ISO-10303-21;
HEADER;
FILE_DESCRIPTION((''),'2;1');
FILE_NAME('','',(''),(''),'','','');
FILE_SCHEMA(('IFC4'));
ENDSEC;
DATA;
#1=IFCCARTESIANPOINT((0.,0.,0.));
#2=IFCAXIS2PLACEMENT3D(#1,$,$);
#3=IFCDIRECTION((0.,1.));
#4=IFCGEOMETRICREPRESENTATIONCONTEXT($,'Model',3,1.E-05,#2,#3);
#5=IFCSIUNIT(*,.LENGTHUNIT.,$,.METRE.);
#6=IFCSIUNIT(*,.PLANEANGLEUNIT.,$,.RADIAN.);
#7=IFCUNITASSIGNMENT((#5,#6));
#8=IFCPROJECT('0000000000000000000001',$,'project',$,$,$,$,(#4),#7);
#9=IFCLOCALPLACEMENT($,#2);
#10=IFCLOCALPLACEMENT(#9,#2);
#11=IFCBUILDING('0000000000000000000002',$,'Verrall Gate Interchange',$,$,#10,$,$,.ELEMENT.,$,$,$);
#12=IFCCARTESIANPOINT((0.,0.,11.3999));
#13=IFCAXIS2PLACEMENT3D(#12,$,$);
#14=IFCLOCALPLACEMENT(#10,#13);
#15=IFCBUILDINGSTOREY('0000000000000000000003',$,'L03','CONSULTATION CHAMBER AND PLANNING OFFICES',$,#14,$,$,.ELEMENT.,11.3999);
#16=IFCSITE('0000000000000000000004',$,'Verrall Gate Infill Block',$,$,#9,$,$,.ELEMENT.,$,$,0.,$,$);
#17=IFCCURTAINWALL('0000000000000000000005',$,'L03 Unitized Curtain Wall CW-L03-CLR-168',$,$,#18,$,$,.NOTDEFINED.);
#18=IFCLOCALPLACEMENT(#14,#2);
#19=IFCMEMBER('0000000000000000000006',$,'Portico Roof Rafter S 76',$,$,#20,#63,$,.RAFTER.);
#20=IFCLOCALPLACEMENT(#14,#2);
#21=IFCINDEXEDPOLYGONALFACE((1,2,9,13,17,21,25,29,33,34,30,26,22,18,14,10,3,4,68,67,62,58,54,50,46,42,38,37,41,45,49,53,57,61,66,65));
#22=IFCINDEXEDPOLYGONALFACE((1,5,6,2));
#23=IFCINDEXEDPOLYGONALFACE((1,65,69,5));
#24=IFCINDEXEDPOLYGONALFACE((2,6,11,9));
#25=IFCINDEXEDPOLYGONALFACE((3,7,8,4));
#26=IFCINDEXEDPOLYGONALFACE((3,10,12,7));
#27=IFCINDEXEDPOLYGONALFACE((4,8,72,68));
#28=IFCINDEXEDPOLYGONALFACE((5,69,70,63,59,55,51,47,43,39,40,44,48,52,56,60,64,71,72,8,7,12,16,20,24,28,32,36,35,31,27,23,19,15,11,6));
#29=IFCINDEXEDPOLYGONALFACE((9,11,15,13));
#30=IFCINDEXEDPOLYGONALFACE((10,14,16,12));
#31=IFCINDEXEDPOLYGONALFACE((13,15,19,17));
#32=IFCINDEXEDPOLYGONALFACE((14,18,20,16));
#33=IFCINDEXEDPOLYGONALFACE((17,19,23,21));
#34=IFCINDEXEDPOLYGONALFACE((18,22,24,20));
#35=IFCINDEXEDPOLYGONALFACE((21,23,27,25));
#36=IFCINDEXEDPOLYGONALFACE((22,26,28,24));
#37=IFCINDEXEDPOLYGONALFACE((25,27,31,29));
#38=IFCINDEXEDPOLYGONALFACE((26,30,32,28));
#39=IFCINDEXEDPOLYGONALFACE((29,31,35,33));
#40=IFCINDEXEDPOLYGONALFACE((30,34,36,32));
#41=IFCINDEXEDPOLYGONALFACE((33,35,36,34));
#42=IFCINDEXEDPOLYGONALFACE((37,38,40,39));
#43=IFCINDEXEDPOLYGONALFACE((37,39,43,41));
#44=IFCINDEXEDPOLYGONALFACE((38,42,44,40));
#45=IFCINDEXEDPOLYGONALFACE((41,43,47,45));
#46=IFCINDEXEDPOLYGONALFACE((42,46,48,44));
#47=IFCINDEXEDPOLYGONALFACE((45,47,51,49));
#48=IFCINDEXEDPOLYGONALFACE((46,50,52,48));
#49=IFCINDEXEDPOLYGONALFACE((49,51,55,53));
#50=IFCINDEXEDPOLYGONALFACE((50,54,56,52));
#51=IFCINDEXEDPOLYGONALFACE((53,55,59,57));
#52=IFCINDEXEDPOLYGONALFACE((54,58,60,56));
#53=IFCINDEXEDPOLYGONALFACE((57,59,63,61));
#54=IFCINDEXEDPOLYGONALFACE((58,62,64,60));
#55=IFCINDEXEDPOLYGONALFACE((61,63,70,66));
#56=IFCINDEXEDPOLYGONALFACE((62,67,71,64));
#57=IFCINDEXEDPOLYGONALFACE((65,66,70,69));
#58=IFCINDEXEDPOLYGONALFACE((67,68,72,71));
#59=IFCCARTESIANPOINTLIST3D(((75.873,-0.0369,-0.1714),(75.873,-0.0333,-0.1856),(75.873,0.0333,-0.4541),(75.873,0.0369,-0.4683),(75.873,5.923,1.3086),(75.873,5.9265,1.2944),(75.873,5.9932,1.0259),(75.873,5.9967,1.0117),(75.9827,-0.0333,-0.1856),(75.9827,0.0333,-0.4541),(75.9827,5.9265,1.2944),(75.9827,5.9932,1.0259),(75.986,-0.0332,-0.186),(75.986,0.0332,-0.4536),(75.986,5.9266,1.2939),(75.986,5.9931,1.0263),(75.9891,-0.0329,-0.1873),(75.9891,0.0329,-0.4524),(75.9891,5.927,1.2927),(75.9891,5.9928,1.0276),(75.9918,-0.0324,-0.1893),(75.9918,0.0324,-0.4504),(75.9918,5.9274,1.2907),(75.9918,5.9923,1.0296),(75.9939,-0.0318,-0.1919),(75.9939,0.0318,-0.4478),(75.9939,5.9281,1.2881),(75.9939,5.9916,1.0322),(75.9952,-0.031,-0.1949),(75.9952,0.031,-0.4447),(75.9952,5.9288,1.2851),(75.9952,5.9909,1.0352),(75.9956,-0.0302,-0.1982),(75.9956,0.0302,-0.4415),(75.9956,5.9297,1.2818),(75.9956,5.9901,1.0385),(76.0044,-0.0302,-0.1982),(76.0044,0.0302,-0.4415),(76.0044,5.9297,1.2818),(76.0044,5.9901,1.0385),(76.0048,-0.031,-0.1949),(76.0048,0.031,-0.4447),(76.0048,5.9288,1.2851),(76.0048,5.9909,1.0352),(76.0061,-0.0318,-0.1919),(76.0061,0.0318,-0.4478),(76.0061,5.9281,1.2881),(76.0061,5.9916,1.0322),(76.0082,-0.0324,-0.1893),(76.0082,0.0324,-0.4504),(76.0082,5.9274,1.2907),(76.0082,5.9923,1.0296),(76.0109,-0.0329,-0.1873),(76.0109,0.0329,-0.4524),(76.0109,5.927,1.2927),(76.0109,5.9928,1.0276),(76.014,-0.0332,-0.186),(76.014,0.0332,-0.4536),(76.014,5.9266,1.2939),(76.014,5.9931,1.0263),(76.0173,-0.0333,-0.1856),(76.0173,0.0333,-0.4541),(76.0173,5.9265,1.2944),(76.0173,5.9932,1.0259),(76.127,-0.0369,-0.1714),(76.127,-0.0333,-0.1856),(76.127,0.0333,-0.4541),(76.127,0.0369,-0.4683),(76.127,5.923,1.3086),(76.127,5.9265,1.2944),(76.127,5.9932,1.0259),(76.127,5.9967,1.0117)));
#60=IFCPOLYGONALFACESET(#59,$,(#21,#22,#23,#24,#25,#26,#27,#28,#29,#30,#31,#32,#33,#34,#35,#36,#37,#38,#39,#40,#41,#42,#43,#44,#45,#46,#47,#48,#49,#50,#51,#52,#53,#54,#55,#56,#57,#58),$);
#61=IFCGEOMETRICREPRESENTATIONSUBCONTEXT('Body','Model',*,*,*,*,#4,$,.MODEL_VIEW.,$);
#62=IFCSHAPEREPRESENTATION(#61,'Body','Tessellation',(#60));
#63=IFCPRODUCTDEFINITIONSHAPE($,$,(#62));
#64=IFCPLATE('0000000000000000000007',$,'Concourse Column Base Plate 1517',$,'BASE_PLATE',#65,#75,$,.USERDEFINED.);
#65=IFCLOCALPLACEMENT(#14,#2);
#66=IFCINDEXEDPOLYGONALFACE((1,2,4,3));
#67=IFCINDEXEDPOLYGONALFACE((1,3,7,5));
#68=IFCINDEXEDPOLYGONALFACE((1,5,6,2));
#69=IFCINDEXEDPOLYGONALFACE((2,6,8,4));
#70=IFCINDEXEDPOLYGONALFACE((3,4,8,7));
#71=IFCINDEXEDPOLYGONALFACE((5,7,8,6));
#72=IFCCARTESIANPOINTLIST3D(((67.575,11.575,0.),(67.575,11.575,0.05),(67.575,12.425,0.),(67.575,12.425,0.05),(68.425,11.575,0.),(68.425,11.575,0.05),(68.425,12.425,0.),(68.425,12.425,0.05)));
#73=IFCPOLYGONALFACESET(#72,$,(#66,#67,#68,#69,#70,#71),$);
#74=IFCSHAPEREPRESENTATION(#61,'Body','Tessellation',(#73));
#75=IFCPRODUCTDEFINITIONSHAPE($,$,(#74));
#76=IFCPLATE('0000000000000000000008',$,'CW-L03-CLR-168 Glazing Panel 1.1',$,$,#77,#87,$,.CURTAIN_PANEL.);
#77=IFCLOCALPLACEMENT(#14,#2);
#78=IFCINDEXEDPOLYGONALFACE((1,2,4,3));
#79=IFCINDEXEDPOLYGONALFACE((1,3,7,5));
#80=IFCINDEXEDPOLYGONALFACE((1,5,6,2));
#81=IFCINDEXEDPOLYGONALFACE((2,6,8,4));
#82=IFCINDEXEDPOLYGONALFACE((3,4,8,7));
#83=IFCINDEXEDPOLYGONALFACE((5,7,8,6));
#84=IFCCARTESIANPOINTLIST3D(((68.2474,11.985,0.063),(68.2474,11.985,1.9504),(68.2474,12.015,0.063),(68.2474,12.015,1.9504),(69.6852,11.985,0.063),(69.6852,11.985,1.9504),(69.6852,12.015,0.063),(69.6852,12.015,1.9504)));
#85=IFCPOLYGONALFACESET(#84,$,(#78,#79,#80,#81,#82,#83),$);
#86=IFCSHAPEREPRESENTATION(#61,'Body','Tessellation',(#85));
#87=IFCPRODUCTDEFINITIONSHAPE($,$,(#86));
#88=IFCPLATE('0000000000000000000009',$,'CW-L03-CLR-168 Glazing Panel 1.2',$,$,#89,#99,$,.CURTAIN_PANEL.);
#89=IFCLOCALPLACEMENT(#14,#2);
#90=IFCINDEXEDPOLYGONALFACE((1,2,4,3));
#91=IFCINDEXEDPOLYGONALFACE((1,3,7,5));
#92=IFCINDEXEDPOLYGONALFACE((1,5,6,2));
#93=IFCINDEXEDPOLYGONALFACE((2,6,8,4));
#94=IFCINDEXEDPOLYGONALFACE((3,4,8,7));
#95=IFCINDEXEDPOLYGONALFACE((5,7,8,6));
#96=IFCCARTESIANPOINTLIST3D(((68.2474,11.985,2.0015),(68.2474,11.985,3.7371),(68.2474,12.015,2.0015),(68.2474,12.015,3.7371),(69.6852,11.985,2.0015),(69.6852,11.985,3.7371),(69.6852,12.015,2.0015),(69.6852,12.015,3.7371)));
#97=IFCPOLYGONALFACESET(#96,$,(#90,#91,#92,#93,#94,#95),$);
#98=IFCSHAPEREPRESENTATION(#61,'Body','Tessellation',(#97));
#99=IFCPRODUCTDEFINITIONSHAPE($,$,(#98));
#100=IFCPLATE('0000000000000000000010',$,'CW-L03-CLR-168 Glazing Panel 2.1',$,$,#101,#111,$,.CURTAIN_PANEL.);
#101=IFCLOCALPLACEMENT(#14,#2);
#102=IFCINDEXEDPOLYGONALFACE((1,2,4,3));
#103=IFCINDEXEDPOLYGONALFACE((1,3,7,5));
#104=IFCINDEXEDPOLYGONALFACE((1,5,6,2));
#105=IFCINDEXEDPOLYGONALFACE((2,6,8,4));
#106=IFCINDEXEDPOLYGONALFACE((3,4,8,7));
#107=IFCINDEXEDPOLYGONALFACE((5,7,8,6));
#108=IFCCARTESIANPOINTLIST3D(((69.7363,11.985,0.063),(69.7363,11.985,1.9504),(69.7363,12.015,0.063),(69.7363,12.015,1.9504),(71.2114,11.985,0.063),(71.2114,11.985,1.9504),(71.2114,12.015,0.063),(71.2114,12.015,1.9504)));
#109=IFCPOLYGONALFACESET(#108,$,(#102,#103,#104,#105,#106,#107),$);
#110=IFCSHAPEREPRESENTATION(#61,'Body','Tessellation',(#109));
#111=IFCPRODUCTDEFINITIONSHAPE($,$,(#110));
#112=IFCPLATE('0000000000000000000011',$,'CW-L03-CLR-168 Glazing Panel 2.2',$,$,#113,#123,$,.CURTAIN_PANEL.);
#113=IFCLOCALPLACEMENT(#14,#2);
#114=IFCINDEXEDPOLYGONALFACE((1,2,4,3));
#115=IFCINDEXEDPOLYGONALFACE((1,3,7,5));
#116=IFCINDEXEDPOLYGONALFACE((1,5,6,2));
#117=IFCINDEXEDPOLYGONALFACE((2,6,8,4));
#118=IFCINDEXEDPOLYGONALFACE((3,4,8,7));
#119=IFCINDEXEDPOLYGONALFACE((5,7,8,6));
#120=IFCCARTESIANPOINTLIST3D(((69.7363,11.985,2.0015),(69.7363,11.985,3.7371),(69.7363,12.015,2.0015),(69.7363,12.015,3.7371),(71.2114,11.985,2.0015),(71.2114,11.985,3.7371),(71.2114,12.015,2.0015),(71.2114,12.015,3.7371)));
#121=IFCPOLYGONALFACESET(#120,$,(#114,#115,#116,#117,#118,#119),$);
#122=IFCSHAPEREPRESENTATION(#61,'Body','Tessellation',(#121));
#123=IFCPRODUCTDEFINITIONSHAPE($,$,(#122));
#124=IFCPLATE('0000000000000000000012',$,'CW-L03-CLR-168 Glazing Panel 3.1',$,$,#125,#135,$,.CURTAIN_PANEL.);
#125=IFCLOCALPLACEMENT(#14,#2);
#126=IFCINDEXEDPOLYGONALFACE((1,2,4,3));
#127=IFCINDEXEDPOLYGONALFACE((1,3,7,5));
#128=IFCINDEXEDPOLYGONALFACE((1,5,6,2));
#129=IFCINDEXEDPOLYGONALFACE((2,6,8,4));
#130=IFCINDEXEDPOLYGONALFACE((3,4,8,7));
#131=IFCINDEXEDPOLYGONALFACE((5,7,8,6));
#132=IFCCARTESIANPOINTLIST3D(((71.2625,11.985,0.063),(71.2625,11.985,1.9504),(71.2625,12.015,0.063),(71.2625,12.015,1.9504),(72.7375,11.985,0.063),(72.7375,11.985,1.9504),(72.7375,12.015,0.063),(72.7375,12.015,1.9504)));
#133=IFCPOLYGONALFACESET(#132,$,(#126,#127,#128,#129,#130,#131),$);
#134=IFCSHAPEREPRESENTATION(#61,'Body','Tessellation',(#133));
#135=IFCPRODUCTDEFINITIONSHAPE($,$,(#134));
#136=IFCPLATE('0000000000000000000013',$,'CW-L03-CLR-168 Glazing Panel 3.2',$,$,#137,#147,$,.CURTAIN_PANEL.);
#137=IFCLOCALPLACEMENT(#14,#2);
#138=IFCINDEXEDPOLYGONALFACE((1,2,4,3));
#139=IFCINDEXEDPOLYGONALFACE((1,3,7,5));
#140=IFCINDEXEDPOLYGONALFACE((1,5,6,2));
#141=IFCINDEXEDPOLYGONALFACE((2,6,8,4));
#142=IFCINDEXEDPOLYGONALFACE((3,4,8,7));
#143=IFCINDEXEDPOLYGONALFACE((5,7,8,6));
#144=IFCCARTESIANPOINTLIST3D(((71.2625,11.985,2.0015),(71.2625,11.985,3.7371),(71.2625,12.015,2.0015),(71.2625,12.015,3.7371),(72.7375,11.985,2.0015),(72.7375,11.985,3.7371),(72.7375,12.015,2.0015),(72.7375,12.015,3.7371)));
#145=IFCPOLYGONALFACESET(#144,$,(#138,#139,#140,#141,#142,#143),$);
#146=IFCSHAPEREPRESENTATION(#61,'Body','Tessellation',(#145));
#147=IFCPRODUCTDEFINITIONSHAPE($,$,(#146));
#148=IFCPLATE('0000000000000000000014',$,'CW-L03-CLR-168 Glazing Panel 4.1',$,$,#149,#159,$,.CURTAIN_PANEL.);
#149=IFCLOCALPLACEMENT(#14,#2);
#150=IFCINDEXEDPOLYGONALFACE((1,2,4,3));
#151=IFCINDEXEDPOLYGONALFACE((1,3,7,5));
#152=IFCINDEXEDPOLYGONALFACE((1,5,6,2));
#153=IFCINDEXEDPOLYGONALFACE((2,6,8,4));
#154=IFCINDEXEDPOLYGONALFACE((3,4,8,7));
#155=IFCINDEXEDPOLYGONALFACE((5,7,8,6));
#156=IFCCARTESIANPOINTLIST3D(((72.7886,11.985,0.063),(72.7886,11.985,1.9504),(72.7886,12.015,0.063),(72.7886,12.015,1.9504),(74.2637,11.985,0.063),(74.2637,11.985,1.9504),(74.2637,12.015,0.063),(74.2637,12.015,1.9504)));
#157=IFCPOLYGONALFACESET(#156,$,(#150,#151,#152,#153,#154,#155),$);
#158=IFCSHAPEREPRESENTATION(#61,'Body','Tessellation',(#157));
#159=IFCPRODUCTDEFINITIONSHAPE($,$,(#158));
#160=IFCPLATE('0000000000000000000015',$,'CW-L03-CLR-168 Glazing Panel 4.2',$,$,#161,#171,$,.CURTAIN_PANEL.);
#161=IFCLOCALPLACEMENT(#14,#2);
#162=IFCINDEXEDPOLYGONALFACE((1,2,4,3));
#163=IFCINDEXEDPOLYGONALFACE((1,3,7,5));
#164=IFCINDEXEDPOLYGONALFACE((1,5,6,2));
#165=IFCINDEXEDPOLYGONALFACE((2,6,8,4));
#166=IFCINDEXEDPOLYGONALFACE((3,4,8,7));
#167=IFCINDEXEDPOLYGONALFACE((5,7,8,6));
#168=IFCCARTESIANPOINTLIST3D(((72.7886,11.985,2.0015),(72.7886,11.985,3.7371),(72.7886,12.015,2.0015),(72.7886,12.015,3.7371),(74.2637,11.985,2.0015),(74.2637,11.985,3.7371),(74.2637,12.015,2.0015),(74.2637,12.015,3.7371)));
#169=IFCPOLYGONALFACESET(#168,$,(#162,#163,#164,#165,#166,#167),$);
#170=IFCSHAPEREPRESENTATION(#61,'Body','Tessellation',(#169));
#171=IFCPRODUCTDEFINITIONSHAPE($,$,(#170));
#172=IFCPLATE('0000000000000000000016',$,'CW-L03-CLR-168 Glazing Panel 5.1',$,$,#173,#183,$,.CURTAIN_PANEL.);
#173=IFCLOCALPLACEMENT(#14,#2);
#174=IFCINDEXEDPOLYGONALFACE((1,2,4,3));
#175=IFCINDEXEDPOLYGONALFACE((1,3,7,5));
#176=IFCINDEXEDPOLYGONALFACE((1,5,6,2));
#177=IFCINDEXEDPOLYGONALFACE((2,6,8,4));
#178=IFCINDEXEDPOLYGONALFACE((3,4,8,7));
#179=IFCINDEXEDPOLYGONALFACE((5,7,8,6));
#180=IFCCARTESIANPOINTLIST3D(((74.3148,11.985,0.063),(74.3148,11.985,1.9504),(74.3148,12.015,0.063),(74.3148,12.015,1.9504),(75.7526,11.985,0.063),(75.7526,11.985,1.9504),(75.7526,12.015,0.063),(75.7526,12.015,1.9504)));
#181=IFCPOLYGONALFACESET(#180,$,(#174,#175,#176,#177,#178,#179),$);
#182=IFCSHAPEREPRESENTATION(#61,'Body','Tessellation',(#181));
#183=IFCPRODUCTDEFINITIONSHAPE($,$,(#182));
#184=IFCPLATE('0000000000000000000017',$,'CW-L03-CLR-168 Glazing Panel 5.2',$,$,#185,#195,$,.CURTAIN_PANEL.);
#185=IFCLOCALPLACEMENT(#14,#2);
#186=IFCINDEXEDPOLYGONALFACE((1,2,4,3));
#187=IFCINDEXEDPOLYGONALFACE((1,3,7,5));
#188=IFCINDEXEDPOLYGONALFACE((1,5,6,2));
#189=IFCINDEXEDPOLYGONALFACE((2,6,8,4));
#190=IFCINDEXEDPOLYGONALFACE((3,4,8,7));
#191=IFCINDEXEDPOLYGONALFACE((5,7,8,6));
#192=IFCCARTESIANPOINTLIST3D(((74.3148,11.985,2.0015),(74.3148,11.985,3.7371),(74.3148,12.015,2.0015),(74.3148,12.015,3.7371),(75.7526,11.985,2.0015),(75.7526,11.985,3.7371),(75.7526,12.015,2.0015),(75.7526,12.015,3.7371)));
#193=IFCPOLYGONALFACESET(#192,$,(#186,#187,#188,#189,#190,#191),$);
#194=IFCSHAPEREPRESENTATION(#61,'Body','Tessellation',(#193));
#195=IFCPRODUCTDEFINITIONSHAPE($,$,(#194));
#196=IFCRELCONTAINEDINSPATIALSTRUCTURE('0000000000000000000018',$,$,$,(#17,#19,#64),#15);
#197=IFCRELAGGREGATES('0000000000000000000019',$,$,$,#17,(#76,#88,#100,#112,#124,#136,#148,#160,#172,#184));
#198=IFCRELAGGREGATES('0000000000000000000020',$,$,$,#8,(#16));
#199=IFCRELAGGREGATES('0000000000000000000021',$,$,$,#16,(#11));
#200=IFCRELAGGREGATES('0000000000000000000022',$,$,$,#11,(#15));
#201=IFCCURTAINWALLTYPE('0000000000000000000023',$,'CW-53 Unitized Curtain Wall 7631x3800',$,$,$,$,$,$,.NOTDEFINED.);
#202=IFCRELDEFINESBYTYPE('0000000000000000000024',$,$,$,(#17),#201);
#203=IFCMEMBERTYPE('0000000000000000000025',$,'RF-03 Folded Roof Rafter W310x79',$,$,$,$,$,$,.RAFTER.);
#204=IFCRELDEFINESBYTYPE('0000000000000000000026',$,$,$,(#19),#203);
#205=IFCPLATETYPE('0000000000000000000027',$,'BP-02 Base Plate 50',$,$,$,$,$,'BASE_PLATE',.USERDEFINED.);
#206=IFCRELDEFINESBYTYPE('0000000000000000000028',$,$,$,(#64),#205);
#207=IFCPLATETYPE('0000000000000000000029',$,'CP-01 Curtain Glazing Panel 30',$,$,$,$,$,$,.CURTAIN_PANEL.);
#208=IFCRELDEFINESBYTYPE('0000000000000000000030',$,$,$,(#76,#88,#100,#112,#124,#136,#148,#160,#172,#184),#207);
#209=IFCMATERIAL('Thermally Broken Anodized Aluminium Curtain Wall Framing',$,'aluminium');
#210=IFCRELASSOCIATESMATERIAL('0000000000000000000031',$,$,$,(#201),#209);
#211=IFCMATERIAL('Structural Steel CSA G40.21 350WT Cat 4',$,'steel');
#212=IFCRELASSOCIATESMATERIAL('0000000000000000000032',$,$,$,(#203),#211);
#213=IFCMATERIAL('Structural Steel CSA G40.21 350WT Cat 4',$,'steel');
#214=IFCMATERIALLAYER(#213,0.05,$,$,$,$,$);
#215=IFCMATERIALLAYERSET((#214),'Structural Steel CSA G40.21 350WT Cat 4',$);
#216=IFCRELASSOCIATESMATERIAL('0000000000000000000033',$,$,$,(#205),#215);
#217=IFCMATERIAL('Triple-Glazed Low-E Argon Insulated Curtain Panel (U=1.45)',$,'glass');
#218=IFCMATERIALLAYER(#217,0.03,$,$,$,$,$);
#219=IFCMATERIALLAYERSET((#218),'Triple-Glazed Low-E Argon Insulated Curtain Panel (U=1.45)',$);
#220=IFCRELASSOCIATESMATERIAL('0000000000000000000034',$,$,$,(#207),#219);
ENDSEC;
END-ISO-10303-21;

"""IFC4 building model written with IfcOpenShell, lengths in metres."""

from ifc_helpers import new_model, si_unit, direction, frame, origin, origin_2d, place, context, subcontext, project, spatial, rectangle, i_section, extrude, material, layer, layer_set, material_profile, profile_set, type_object, element, aggregate, save


model = new_model("IFC4")

# Units and contexts
model_context = context("Model", 3, precision=1e-05, world=origin(), true_north=direction((0.0, 1.0)))
body_context = subcontext(model_context, "Body", "Model", "MODEL_VIEW")
ifc_project = project(units=[si_unit("LENGTHUNIT", "METRE"), si_unit("PLANEANGLEUNIT", "RADIAN")], contexts=[model_context])

# Site, building, storey
site_placement = place(None, origin())
site = spatial("IfcSite", under=ifc_project, at=site_placement, Name="Verrall Gate Infill Block", CompositionType="ELEMENT", RefElevation=0.0)
building_placement = place(site_placement, origin())
building = spatial("IfcBuilding", under=site, at=building_placement, Name="Verrall Gate Interchange", CompositionType="ELEMENT")
storey_placement = place(building_placement, frame((0.0, 0.0, 11.3999)))
storey = spatial("IfcBuildingStorey", under=building, at=storey_placement, Name="L03", Description="CONSULTATION CHAMBER AND PLANNING OFFICES", CompositionType="ELEMENT", Elevation=11.3999)

# Curtain wall
ifc_material_1 = material(Name="Thermally Broken Anodized Aluminium Curtain Wall Framing", Category="aluminium")
curtain_wall_type = type_object("IfcCurtainWallType", Name="CW-53 Unitized Curtain Wall 7631x3800", PredefinedType="NOTDEFINED", material=ifc_material_1)
curtain_wall_placement = place(storey_placement, origin())
curtain_wall = element("IfcCurtainWall", 1, at=curtain_wall_placement, inside=storey, type_object=curtain_wall_type, Name="L03 Unitized Curtain Wall CW-L03-CLR-168", PredefinedType="NOTDEFINED")

# Member
ifc_material_2 = material(Name="Structural Steel CSA G40.21 350WT Cat 4", Category="steel")
ifc_material_profile_1 = material_profile(ifc_material_2, i_section(OverallWidth=0.2539, OverallDepth=0.3059, WebThickness=0.0088, FlangeThickness=0.0146, FilletRadius=0.0129, at=origin_2d()), Name="W310x79")
ifc_profile_set_1 = profile_set([ifc_material_profile_1], Name="Structural Steel CSA G40.21 350WT Cat 4")
member_type_1 = type_object("IfcMemberType", Name="RF-03 Folded Roof Rafter W310x79", PredefinedType="RAFTER", material=ifc_profile_set_1)
member_1_placement = place(storey_placement, frame((76.0, 0.0, -0.3198), z_axis=(0.0, 0.970525, 0.241001), x_axis=(-1.0, 0.0, 0.0)))
element("IfcMember", 2, at=member_1_placement, inside=storey, type_object=member_type_1, Name="Portico Roof Rafter S 76", PredefinedType="RAFTER", context=body_context, shape_type="SweptSolid", body=[
    extrude(i_section(OverallWidth=0.2539, OverallDepth=0.3059, WebThickness=0.0088, FlangeThickness=0.0146, FilletRadius=0.0129, at=origin_2d()), origin(), (0.0, 0.0, 1.0), 6.1409),
])

# Plates
ifc_material_3 = material(Name="Structural Steel CSA G40.21 350WT Cat 4", Category="steel")
ifc_layer_1 = layer(ifc_material_3, 0.05)
ifc_layer_set_1 = layer_set([ifc_layer_1], Name="Structural Steel CSA G40.21 350WT Cat 4")
plate_type_1 = type_object("IfcPlateType", Name="BP-02 Base Plate 50", ElementType="BASE_PLATE", PredefinedType="USERDEFINED", material=ifc_layer_set_1)
plate_1_placement = place(storey_placement, frame((68.0, 12.0, 0.0), z_axis=(0.0, 0.0, 1.0), x_axis=(1.0, 0.0, 0.0)))
element("IfcPlate", 3, at=plate_1_placement, inside=storey, type_object=plate_type_1, Name="Concourse Column Base Plate 1517", ObjectType="BASE_PLATE", PredefinedType="USERDEFINED", context=body_context, shape_type="SweptSolid", body=[
    extrude(rectangle(XDim=0.8501, YDim=0.8501, at=origin_2d()), origin(), (0.0, 0.0, 1.0), 0.05),
])
ifc_material_4 = material(Name="Triple-Glazed Low-E Argon Insulated Curtain Panel (U=1.45)", Category="glass")
ifc_layer_2 = layer(ifc_material_4, 0.03)
ifc_layer_set_2 = layer_set([ifc_layer_2], Name="Triple-Glazed Low-E Argon Insulated Curtain Panel (U=1.45)")
plate_type_2 = type_object("IfcPlateType", Name="CP-01 Curtain Glazing Panel 30", PredefinedType="CURTAIN_PANEL", material=ifc_layer_set_2)
plate_2_placement = place(storey_placement, frame((68.9663, 12.0, 0.063), z_axis=(0.0, 0.0, 1.0), x_axis=(1.0, 0.0, 0.0)))
plate_2 = element("IfcPlate", 4, at=plate_2_placement, type_object=plate_type_2, Name="CW-L03-CLR-168 Glazing Panel 1.1", PredefinedType="CURTAIN_PANEL", context=body_context, shape_type="SweptSolid", body=[
    extrude(rectangle(XDim=1.4377, YDim=0.03, at=origin_2d()), origin(), (0.0, 0.0, 1.0), 1.8875),
])
plate_3_placement = place(storey_placement, frame((68.9663, 12.0, 2.0015), z_axis=(0.0, 0.0, 1.0), x_axis=(1.0, 0.0, 0.0)))
plate_3 = element("IfcPlate", 5, at=plate_3_placement, type_object=plate_type_2, Name="CW-L03-CLR-168 Glazing Panel 1.2", PredefinedType="CURTAIN_PANEL", context=body_context, shape_type="SweptSolid", body=[
    extrude(rectangle(XDim=1.4377, YDim=0.03, at=origin_2d()), origin(), (0.0, 0.0, 1.0), 1.7356),
])
plate_4_placement = place(storey_placement, frame((70.4739, 12.0, 0.063), z_axis=(0.0, 0.0, 1.0), x_axis=(1.0, 0.0, 0.0)))
plate_4 = element("IfcPlate", 6, at=plate_4_placement, type_object=plate_type_2, Name="CW-L03-CLR-168 Glazing Panel 2.1", PredefinedType="CURTAIN_PANEL", context=body_context, shape_type="SweptSolid", body=[
    extrude(rectangle(XDim=1.4751, YDim=0.03, at=origin_2d()), origin(), (0.0, 0.0, 1.0), 1.8875),
])
plate_5_placement = place(storey_placement, frame((70.4739, 12.0, 2.0015), z_axis=(0.0, 0.0, 1.0), x_axis=(1.0, 0.0, 0.0)))
plate_5 = element("IfcPlate", 7, at=plate_5_placement, type_object=plate_type_2, Name="CW-L03-CLR-168 Glazing Panel 2.2", PredefinedType="CURTAIN_PANEL", context=body_context, shape_type="SweptSolid", body=[
    extrude(rectangle(XDim=1.4751, YDim=0.03, at=origin_2d()), origin(), (0.0, 0.0, 1.0), 1.7356),
])
plate_6_placement = place(storey_placement, frame((72.0, 12.0, 0.063), z_axis=(0.0, 0.0, 1.0), x_axis=(1.0, 0.0, 0.0)))
plate_6 = element("IfcPlate", 8, at=plate_6_placement, type_object=plate_type_2, Name="CW-L03-CLR-168 Glazing Panel 3.1", PredefinedType="CURTAIN_PANEL", context=body_context, shape_type="SweptSolid", body=[
    extrude(rectangle(XDim=1.4751, YDim=0.03, at=origin_2d()), origin(), (0.0, 0.0, 1.0), 1.8875),
])
plate_7_placement = place(storey_placement, frame((72.0, 12.0, 2.0015), z_axis=(0.0, 0.0, 1.0), x_axis=(1.0, 0.0, 0.0)))
plate_7 = element("IfcPlate", 9, at=plate_7_placement, type_object=plate_type_2, Name="CW-L03-CLR-168 Glazing Panel 3.2", PredefinedType="CURTAIN_PANEL", context=body_context, shape_type="SweptSolid", body=[
    extrude(rectangle(XDim=1.4751, YDim=0.03, at=origin_2d()), origin(), (0.0, 0.0, 1.0), 1.7356),
])
plate_8_placement = place(storey_placement, frame((73.5261, 12.0, 0.063), z_axis=(0.0, 0.0, 1.0), x_axis=(1.0, 0.0, 0.0)))
plate_8 = element("IfcPlate", 10, at=plate_8_placement, type_object=plate_type_2, Name="CW-L03-CLR-168 Glazing Panel 4.1", PredefinedType="CURTAIN_PANEL", context=body_context, shape_type="SweptSolid", body=[
    extrude(rectangle(XDim=1.4751, YDim=0.03, at=origin_2d()), origin(), (0.0, 0.0, 1.0), 1.8875),
])
plate_9_placement = place(storey_placement, frame((73.5261, 12.0, 2.0015), z_axis=(0.0, 0.0, 1.0), x_axis=(1.0, 0.0, 0.0)))
plate_9 = element("IfcPlate", 11, at=plate_9_placement, type_object=plate_type_2, Name="CW-L03-CLR-168 Glazing Panel 4.2", PredefinedType="CURTAIN_PANEL", context=body_context, shape_type="SweptSolid", body=[
    extrude(rectangle(XDim=1.4751, YDim=0.03, at=origin_2d()), origin(), (0.0, 0.0, 1.0), 1.7356),
])
plate_10_placement = place(storey_placement, frame((75.0337, 12.0, 0.063), z_axis=(0.0, 0.0, 1.0), x_axis=(1.0, 0.0, 0.0)))
plate_10 = element("IfcPlate", 12, at=plate_10_placement, type_object=plate_type_2, Name="CW-L03-CLR-168 Glazing Panel 5.1", PredefinedType="CURTAIN_PANEL", context=body_context, shape_type="SweptSolid", body=[
    extrude(rectangle(XDim=1.4377, YDim=0.03, at=origin_2d()), origin(), (0.0, 0.0, 1.0), 1.8875),
])
plate_11_placement = place(storey_placement, frame((75.0337, 12.0, 2.0015), z_axis=(0.0, 0.0, 1.0), x_axis=(1.0, 0.0, 0.0)))
plate_11 = element("IfcPlate", 13, at=plate_11_placement, type_object=plate_type_2, Name="CW-L03-CLR-168 Glazing Panel 5.2", PredefinedType="CURTAIN_PANEL", context=body_context, shape_type="SweptSolid", body=[
    extrude(rectangle(XDim=1.4377, YDim=0.03, at=origin_2d()), origin(), (0.0, 0.0, 1.0), 1.7356),
])
aggregate(curtain_wall, [plate_2, plate_3, plate_4, plate_5, plate_6, plate_7, plate_8, plate_9, plate_10, plate_11])

save(model, "model.ifc")
